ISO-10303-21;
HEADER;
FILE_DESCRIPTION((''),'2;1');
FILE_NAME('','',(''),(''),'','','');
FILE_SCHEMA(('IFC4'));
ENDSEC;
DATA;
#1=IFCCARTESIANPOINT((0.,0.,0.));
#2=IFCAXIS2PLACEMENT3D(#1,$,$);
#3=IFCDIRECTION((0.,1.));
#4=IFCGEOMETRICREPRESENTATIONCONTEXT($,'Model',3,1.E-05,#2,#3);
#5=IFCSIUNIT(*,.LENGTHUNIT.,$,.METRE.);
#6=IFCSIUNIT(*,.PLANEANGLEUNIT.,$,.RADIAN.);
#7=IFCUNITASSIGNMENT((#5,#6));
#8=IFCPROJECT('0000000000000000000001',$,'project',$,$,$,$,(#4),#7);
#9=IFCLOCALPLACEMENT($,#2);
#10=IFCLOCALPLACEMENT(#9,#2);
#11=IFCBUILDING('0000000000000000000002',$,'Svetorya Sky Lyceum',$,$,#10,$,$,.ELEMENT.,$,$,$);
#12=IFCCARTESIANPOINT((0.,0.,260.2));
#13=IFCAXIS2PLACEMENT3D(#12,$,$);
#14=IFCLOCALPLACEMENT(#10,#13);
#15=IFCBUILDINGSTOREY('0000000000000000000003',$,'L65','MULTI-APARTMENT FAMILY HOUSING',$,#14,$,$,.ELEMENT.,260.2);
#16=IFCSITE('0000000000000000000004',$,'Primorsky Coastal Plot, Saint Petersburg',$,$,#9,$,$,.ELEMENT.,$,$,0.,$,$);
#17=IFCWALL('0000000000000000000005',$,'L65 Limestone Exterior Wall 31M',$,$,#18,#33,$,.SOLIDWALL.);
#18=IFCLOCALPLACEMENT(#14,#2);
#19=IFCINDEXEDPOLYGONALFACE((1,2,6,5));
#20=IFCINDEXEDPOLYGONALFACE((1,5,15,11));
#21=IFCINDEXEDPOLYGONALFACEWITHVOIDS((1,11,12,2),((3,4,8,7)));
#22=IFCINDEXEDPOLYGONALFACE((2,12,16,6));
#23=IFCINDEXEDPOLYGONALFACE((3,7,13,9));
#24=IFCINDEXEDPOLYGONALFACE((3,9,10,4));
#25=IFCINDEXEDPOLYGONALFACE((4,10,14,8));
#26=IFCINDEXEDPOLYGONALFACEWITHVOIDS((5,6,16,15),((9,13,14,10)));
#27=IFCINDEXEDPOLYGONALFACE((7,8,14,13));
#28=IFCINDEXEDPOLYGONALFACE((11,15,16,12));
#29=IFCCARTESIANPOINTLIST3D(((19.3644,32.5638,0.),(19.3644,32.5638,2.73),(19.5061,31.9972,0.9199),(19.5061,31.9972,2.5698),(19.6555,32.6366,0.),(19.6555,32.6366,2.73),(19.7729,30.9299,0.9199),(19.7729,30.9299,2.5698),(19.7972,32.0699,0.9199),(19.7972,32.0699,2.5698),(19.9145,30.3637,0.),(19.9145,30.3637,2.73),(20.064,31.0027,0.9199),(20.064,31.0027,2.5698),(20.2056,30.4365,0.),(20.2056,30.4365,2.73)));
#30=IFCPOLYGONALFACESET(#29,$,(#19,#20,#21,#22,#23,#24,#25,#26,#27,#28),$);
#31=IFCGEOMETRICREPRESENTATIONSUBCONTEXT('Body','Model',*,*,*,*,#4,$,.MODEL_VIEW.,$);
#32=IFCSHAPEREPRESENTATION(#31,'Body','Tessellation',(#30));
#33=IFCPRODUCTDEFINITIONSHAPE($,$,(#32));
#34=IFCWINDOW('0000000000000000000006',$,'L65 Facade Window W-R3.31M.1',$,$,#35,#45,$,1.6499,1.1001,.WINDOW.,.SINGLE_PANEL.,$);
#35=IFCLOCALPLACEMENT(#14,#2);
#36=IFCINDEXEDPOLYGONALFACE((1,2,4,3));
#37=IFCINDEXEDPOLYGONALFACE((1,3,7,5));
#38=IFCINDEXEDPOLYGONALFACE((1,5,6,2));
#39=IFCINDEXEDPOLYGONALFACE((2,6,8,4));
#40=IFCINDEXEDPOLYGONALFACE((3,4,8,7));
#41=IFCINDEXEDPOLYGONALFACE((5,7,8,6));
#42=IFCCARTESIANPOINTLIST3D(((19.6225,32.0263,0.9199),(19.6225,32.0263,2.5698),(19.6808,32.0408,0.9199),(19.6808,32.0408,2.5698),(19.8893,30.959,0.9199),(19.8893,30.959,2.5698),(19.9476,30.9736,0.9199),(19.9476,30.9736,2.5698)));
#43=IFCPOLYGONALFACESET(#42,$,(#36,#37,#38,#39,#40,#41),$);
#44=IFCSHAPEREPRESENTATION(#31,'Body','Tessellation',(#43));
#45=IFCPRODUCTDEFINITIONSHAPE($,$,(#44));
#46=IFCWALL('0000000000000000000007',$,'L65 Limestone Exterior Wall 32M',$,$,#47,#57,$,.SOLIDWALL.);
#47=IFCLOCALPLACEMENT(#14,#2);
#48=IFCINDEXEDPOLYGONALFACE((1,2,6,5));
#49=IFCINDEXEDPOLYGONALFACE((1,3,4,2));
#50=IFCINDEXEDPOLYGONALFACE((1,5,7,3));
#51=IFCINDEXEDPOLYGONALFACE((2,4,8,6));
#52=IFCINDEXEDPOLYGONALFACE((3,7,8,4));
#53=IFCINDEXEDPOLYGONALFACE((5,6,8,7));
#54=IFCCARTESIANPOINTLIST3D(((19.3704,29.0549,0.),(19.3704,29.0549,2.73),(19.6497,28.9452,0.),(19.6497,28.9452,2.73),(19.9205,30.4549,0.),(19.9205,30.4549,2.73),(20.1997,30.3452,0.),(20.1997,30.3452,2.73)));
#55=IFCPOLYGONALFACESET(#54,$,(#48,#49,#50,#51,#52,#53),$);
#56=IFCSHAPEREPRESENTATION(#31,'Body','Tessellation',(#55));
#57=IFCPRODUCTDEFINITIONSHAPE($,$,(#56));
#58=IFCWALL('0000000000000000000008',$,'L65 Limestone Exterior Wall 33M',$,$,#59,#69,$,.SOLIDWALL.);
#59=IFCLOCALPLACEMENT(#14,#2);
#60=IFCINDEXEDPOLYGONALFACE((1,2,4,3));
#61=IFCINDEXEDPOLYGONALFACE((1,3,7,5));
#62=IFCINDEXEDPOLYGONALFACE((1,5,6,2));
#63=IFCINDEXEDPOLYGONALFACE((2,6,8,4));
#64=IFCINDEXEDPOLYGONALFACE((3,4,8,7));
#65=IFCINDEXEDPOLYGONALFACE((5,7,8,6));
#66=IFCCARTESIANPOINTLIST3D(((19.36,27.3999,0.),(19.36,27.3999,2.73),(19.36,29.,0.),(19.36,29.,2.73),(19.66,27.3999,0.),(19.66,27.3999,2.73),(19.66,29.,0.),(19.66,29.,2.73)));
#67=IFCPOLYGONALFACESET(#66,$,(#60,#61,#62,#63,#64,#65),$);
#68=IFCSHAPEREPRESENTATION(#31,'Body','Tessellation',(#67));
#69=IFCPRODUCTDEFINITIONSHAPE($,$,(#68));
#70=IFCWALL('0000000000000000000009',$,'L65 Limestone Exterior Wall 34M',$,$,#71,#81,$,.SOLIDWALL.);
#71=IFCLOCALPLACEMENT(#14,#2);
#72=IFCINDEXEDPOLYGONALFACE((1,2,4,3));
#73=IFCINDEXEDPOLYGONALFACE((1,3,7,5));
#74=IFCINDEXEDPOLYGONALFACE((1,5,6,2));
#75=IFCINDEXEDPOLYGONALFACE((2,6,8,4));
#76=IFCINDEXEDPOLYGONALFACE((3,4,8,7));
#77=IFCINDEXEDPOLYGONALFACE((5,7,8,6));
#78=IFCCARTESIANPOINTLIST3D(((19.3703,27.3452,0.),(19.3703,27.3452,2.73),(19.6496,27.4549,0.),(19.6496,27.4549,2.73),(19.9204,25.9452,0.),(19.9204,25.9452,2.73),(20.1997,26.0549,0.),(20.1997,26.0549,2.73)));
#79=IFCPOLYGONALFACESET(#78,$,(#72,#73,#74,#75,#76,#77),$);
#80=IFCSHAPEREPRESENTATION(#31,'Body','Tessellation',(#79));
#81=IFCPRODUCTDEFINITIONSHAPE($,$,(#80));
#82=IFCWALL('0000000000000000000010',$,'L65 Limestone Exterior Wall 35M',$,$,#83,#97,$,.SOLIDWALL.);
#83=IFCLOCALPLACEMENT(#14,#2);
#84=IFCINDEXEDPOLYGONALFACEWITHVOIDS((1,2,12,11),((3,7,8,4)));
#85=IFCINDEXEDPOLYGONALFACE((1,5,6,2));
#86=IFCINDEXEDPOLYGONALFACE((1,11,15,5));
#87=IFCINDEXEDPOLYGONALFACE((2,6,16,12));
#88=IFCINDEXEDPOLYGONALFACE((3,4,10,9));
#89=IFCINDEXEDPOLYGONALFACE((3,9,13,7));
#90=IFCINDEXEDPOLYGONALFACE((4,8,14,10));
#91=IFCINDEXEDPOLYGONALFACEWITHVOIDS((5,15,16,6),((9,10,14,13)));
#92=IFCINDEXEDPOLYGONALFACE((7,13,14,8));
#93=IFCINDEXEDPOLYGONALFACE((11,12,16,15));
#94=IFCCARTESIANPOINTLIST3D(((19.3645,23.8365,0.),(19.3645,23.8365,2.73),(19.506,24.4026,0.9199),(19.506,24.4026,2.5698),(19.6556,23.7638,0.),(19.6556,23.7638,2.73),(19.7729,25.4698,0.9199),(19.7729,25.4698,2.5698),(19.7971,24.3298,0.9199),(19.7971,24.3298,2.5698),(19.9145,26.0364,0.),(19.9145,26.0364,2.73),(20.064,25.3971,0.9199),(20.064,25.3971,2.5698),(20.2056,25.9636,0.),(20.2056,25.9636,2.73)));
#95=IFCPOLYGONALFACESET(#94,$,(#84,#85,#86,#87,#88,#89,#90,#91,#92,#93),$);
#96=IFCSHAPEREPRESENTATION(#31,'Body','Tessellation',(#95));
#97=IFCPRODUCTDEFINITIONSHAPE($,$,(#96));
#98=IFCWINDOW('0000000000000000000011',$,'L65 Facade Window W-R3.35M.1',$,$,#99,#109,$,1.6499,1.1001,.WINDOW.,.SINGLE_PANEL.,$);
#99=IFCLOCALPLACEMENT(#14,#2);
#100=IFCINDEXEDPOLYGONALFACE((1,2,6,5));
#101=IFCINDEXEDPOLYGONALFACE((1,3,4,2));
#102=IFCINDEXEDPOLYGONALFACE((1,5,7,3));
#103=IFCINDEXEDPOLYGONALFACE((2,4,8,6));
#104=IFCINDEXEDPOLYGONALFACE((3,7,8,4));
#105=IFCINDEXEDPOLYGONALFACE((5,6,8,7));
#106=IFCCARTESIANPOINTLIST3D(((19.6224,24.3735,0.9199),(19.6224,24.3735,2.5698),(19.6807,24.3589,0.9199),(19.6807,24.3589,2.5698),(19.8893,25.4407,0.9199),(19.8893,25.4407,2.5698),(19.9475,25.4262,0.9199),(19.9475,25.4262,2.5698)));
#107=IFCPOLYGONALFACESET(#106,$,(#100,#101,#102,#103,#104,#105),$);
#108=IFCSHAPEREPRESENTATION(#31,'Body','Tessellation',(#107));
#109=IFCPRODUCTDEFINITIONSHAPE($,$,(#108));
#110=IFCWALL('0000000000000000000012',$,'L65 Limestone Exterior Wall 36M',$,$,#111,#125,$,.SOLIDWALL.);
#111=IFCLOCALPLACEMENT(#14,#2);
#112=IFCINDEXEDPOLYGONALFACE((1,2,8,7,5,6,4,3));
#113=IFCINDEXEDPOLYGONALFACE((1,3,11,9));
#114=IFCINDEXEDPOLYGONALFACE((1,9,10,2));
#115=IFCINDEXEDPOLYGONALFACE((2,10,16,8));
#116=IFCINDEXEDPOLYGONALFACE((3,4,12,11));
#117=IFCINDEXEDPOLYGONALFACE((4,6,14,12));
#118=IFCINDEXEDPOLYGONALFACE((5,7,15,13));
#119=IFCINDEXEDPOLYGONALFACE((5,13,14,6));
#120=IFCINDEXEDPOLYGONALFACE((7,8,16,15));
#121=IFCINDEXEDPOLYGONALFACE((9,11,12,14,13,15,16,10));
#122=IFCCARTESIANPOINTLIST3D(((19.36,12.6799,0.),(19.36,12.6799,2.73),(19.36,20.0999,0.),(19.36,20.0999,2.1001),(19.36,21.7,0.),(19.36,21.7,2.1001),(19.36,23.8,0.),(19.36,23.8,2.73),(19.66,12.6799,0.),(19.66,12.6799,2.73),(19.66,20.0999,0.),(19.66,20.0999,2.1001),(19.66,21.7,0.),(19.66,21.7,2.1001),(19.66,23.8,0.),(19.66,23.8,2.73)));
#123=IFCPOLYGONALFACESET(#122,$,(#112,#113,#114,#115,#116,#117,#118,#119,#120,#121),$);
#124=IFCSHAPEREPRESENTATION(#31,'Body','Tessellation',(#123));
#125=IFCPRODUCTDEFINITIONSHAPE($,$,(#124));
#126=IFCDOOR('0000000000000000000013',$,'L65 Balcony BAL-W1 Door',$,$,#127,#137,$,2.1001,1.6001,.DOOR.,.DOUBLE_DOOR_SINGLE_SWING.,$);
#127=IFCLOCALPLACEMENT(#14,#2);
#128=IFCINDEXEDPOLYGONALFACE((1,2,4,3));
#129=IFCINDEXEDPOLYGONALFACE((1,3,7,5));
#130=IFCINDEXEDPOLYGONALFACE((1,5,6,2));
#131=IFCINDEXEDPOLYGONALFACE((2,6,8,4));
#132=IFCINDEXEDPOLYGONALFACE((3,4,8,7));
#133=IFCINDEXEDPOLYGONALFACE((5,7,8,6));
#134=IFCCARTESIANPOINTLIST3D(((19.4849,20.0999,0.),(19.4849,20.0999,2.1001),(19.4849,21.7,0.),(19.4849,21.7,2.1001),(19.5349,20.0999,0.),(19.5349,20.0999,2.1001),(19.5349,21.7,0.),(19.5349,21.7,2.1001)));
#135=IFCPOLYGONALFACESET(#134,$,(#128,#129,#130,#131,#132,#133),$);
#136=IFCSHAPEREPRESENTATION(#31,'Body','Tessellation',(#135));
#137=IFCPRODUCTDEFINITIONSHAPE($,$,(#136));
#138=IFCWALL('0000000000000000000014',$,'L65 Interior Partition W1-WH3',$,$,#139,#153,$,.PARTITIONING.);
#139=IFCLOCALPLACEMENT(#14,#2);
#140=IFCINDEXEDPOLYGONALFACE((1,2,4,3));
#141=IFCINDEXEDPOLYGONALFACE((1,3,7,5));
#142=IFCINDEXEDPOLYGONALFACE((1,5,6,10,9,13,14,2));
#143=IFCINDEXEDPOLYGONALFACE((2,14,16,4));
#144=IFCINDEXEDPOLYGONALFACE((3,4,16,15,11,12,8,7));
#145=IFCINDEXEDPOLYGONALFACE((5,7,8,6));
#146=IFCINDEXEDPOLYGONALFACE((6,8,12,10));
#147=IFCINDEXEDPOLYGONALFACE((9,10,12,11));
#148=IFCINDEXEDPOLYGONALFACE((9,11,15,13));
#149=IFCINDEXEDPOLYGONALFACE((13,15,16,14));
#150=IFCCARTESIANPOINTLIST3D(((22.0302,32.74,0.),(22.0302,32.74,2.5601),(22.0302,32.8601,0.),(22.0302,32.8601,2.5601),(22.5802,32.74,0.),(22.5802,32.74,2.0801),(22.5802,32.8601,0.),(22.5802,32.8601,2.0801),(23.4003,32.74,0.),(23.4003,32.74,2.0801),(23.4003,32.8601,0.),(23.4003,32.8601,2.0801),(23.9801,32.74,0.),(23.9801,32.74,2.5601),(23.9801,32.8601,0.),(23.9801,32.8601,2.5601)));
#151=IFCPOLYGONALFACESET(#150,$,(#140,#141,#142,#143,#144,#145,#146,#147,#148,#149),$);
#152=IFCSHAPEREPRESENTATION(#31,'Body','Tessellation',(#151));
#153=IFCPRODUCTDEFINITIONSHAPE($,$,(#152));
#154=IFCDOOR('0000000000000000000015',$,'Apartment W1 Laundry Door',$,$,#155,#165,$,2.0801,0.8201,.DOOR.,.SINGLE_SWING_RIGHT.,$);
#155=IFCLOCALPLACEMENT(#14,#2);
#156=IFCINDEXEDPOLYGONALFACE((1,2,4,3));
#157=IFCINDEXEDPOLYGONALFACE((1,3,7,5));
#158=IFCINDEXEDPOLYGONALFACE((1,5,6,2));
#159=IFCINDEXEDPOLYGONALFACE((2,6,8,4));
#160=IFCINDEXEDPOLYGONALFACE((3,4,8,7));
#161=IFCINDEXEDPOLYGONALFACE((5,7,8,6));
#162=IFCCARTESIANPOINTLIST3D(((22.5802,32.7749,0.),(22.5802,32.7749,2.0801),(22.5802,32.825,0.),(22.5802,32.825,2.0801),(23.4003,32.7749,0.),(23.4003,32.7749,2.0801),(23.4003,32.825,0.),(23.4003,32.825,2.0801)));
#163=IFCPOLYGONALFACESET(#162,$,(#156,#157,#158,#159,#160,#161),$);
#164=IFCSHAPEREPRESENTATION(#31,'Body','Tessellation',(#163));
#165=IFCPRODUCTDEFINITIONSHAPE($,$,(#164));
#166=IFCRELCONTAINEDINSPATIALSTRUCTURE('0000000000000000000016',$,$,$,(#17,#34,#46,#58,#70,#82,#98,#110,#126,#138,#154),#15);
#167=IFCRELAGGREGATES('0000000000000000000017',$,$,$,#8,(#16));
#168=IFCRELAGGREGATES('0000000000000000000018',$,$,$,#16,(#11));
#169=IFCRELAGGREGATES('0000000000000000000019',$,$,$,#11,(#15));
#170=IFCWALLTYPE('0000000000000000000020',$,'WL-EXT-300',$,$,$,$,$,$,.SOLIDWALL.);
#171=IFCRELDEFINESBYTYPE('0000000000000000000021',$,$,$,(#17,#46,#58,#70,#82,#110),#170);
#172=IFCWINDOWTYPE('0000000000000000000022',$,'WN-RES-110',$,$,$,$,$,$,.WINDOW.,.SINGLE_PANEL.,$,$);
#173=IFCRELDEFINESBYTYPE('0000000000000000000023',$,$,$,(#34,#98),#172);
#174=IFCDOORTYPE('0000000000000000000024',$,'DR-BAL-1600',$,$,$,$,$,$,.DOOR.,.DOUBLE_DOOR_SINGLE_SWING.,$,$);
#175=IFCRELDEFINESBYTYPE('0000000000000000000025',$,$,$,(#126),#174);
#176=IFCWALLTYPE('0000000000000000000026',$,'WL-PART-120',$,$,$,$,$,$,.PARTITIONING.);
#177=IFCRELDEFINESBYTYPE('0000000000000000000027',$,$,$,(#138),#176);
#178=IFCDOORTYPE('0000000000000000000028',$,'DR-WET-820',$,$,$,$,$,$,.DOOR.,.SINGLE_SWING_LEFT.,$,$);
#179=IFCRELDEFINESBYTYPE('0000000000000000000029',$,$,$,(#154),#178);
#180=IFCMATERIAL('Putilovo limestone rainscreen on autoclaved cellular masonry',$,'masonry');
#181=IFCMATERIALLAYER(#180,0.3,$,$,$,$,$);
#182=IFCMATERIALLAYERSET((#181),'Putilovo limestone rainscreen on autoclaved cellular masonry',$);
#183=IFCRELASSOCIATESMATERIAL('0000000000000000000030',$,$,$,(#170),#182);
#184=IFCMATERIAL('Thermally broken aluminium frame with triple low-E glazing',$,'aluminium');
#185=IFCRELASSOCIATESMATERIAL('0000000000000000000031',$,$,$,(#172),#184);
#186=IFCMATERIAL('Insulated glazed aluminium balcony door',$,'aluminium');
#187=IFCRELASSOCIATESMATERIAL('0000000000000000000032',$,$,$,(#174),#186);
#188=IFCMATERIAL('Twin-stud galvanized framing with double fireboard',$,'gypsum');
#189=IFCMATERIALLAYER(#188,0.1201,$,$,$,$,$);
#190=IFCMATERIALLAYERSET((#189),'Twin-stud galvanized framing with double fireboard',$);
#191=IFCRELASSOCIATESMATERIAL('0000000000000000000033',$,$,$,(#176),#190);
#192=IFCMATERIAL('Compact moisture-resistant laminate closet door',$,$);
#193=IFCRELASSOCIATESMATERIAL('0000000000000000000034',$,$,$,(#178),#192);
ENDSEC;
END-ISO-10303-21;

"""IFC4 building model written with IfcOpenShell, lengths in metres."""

from ifc_helpers import new_model, si_unit, direction, frame, frame_2d, origin, place, context, subcontext, project, spatial, rectangle, extrude, material, layer, layer_set, type_object, element, fill, save


model = new_model("IFC4")

# Units and contexts
model_context = context("Model", 3, precision=1e-05, world=origin(), true_north=direction((0.0, 1.0)))
body_context = subcontext(model_context, "Body", "Model", "MODEL_VIEW")
ifc_project = project(units=[si_unit("LENGTHUNIT", "METRE"), si_unit("PLANEANGLEUNIT", "RADIAN")], contexts=[model_context])

# Site, building, storey
site_placement = place(None, origin())
site = spatial("IfcSite", under=ifc_project, at=site_placement, Name="Primorsky Coastal Plot, Saint Petersburg", CompositionType="ELEMENT", RefElevation=0.0)
building_placement = place(site_placement, origin())
building = spatial("IfcBuilding", under=site, at=building_placement, Name="Svetorya Sky Lyceum", CompositionType="ELEMENT")
storey_placement = place(building_placement, frame((0.0, 0.0, 260.2)))
storey = spatial("IfcBuildingStorey", under=building, at=storey_placement, Name="L65", Description="MULTI-APARTMENT FAMILY HOUSING", CompositionType="ELEMENT", Elevation=260.2)

# Wall, opening, window
ifc_material_1 = material(Name="Putilovo limestone rainscreen on autoclaved cellular masonry", Category="masonry")
ifc_layer_1 = layer(ifc_material_1, 0.3)
ifc_layer_set_1 = layer_set([ifc_layer_1], Name="Putilovo limestone rainscreen on autoclaved cellular masonry")
wall_type_1 = type_object("IfcWallType", Name="WL-EXT-300", PredefinedType="SOLIDWALL", material=ifc_layer_set_1)
wall_1_placement = place(storey_placement, frame((19.51, 32.6001, 0.0), z_axis=(0.0, 0.0, 1.0), x_axis=(0.242536, -0.970143, 0.0)))
wall_1 = element("IfcWall", 1, at=wall_1_placement, inside=storey, type_object=wall_type_1, Name="L65 Limestone Exterior Wall 31M", PredefinedType="SOLIDWALL", context=body_context, shape_type="SweptSolid", body=[
    extrude(rectangle(XDim=2.2678, YDim=0.3, at=frame_2d((1.1338, 0.0))), origin(), (0.0, 0.0, 1.0), 2.73),
])
opening_1_placement = place(wall_1_placement, frame((0.584, 0.0, 0.9199)))
opening_1 = element("IfcOpeningElement", 2, at=opening_1_placement, cuts=wall_1, PredefinedType="OPENING", context=body_context, shape_type="SweptSolid", body=[
    extrude(rectangle(XDim=1.1001, YDim=1.6499, at=frame_2d((0.55, 0.825))), frame((0.0, 0.1599, 0.0), z_axis=(0.0, -1.0, 0.0), x_axis=(1.0, 0.0, 0.0)), (0.0, 0.0, 1.0), 0.3201),
])
ifc_material_2 = material(Name="Thermally broken aluminium frame with triple low-E glazing", Category="aluminium")
window_type = type_object("IfcWindowType", Name="WN-RES-110", PartitioningType="SINGLE_PANEL", PredefinedType="WINDOW", material=ifc_material_2)
window_1_placement = place(opening_1_placement, origin())
window_1 = element("IfcWindow", 3, at=window_1_placement, inside=storey, type_object=window_type, Name="L65 Facade Window W-R3.31M.1", OverallHeight=1.6499, OverallWidth=1.1001, PartitioningType="SINGLE_PANEL", PredefinedType="WINDOW", context=body_context, shape_type="SweptSolid", body=[
    extrude(rectangle(XDim=1.1001, YDim=1.6499, at=frame_2d((0.55, 0.825))), frame((0.0, 0.03, 0.0), z_axis=(0.0, -1.0, 0.0), x_axis=(1.0, 0.0, 0.0)), (0.0, 0.0, 1.0), 0.0601),
])
fill(opening_1, window_1)

# Walls
wall_2_placement = place(storey_placement, frame((20.0601, 30.3999, 0.0), z_axis=(0.0, 0.0, 1.0), x_axis=(-0.365703, -0.930732, 0.0)))
element("IfcWall", 4, at=wall_2_placement, inside=storey, type_object=wall_type_1, Name="L65 Limestone Exterior Wall 32M", PredefinedType="SOLIDWALL", context=body_context, shape_type="SweptSolid", body=[
    extrude(rectangle(XDim=1.5042, YDim=0.3, at=frame_2d((0.752, 0.0))), origin(), (0.0, 0.0, 1.0), 2.73),
])
wall_3_placement = place(storey_placement, frame((19.51, 29.0, 0.0), z_axis=(0.0, 0.0, 1.0), x_axis=(0.0, -1.0, 0.0)))
element("IfcWall", 5, at=wall_3_placement, inside=storey, type_object=wall_type_1, Name="L65 Limestone Exterior Wall 33M", PredefinedType="SOLIDWALL", context=body_context, shape_type="SweptSolid", body=[
    extrude(rectangle(XDim=1.6001, YDim=0.3, at=frame_2d((0.8, 0.0))), origin(), (0.0, 0.0, 1.0), 2.73),
])
wall_4_placement = place(storey_placement, frame((19.51, 27.3999, 0.0), z_axis=(0.0, 0.0, 1.0), x_axis=(0.365703, -0.930732, 0.0)))
element("IfcWall", 6, at=wall_4_placement, inside=storey, type_object=wall_type_1, Name="L65 Limestone Exterior Wall 34M", PredefinedType="SOLIDWALL", context=body_context, shape_type="SweptSolid", body=[
    extrude(rectangle(XDim=1.5042, YDim=0.3, at=frame_2d((0.752, 0.0))), origin(), (0.0, 0.0, 1.0), 2.73),
])

# Wall, opening, window
wall_5_placement = place(storey_placement, frame((20.0601, 26.0, 0.0), z_axis=(0.0, 0.0, 1.0), x_axis=(-0.242561, -0.970136, 0.0)))
wall_5 = element("IfcWall", 7, at=wall_5_placement, inside=storey, type_object=wall_type_1, Name="L65 Limestone Exterior Wall 35M", PredefinedType="SOLIDWALL", context=body_context, shape_type="SweptSolid", body=[
    extrude(rectangle(XDim=2.2676, YDim=0.3, at=frame_2d((1.1338, 0.0))), origin(), (0.0, 0.0, 1.0), 2.73),
])
opening_2_placement = place(wall_5_placement, frame((0.584, 0.0, 0.9199)))
opening_2 = element("IfcOpeningElement", 8, at=opening_2_placement, cuts=wall_5, PredefinedType="OPENING", context=body_context, shape_type="SweptSolid", body=[
    extrude(rectangle(XDim=1.1001, YDim=1.6499, at=frame_2d((0.55, 0.825))), frame((0.0, 0.1599, 0.0), z_axis=(0.0, -1.0, 0.0), x_axis=(1.0, 0.0, 0.0)), (0.0, 0.0, 1.0), 0.3201),
])
window_2_placement = place(opening_2_placement, origin())
window_2 = element("IfcWindow", 9, at=window_2_placement, inside=storey, type_object=window_type, Name="L65 Facade Window W-R3.35M.1", OverallHeight=1.6499, OverallWidth=1.1001, PartitioningType="SINGLE_PANEL", PredefinedType="WINDOW", context=body_context, shape_type="SweptSolid", body=[
    extrude(rectangle(XDim=1.1001, YDim=1.6499, at=frame_2d((0.55, 0.825))), frame((0.0, 0.03, 0.0), z_axis=(0.0, -1.0, 0.0), x_axis=(1.0, 0.0, 0.0)), (0.0, 0.0, 1.0), 0.0601),
])
fill(opening_2, window_2)

# Walls, openings, doors
wall_6_placement = place(storey_placement, frame((19.51, 23.8, 0.0), z_axis=(0.0, 0.0, 1.0), x_axis=(0.0, -1.0, 0.0)))
wall_6 = element("IfcWall", 10, at=wall_6_placement, inside=storey, type_object=wall_type_1, Name="L65 Limestone Exterior Wall 36M", PredefinedType="SOLIDWALL", context=body_context, shape_type="SweptSolid", body=[
    extrude(rectangle(XDim=11.1201, YDim=0.3, at=frame_2d((5.5601, 0.0))), origin(), (0.0, 0.0, 1.0), 2.73),
])
opening_3_placement = place(wall_6_placement, frame((2.1001, 0.0, 0.0)))
opening_3 = element("IfcOpeningElement", 11, at=opening_3_placement, cuts=wall_6, PredefinedType="OPENING", context=body_context, shape_type="SweptSolid", body=[
    extrude(rectangle(XDim=1.6001, YDim=2.1001, at=frame_2d((0.8, 1.05))), frame((0.0, 0.1599, 0.0), z_axis=(0.0, -1.0, 0.0), x_axis=(1.0, 0.0, 0.0)), (0.0, 0.0, 1.0), 0.3201),
])
ifc_material_3 = material(Name="Insulated glazed aluminium balcony door", Category="aluminium")
door_type_1 = type_object("IfcDoorType", Name="DR-BAL-1600", OperationType="DOUBLE_DOOR_SINGLE_SWING", PredefinedType="DOOR", material=ifc_material_3)
door_1_placement = place(opening_3_placement, origin())
door_1 = element("IfcDoor", 12, at=door_1_placement, inside=storey, type_object=door_type_1, Name="L65 Balcony BAL-W1 Door", OperationType="DOUBLE_DOOR_SINGLE_SWING", OverallHeight=2.1001, OverallWidth=1.6001, PredefinedType="DOOR", context=body_context, shape_type="SweptSolid", body=[
    extrude(rectangle(XDim=1.6001, YDim=2.1001, at=frame_2d((0.8, 1.05))), frame((0.0, 0.0249, 0.0), z_axis=(0.0, -1.0, 0.0), x_axis=(1.0, 0.0, 0.0)), (0.0, 0.0, 1.0), 0.05),
])
fill(opening_3, door_1)
ifc_material_4 = material(Name="Twin-stud galvanized framing with double fireboard", Category="gypsum")
ifc_layer_2 = layer(ifc_material_4, 0.1201)
ifc_layer_set_2 = layer_set([ifc_layer_2], Name="Twin-stud galvanized framing with double fireboard")
wall_type_2 = type_object("IfcWallType", Name="WL-PART-120", PredefinedType="PARTITIONING", material=ifc_layer_set_2)
wall_7_placement = place(storey_placement, frame((22.03, 32.8, 0.0), z_axis=(0.0, 0.0, 1.0), x_axis=(1.0, 0.0, 0.0)))
wall_7 = element("IfcWall", 13, at=wall_7_placement, inside=storey, type_object=wall_type_2, Name="L65 Interior Partition W1-WH3", PredefinedType="PARTITIONING", context=body_context, shape_type="SweptSolid", body=[
    extrude(rectangle(XDim=1.95, YDim=0.1201, at=frame_2d((0.9751, 0.0))), origin(), (0.0, 0.0, 1.0), 2.5601),
])
opening_4_placement = place(wall_7_placement, frame((0.55, 0.0, 0.0)))
opening_4 = element("IfcOpeningElement", 14, at=opening_4_placement, cuts=wall_7, PredefinedType="OPENING", context=body_context, shape_type="SweptSolid", body=[
    extrude(rectangle(XDim=0.8201, YDim=2.0801, at=frame_2d((0.4102, 1.04))), frame((0.0, 0.0701, 0.0), z_axis=(0.0, -1.0, 0.0), x_axis=(1.0, 0.0, 0.0)), (0.0, 0.0, 1.0), 0.1401),
])
ifc_material_5 = material(Name="Compact moisture-resistant laminate closet door")
door_type_2 = type_object("IfcDoorType", Name="DR-WET-820", OperationType="SINGLE_SWING_LEFT", PredefinedType="DOOR", material=ifc_material_5)
door_2_placement = place(opening_4_placement, origin())
door_2 = element("IfcDoor", 15, at=door_2_placement, inside=storey, type_object=door_type_2, Name="Apartment W1 Laundry Door", OperationType="SINGLE_SWING_RIGHT", OverallHeight=2.0801, OverallWidth=0.8201, PredefinedType="DOOR", context=body_context, shape_type="SweptSolid", body=[
    extrude(rectangle(XDim=0.8201, YDim=2.0801, at=frame_2d((0.4102, 1.04))), frame((0.0, 0.0249, 0.0), z_axis=(0.0, -1.0, 0.0), x_axis=(1.0, 0.0, 0.0)), (0.0, 0.0, 1.0), 0.05),
])
fill(opening_4, door_2)

save(model, "model.ifc")
